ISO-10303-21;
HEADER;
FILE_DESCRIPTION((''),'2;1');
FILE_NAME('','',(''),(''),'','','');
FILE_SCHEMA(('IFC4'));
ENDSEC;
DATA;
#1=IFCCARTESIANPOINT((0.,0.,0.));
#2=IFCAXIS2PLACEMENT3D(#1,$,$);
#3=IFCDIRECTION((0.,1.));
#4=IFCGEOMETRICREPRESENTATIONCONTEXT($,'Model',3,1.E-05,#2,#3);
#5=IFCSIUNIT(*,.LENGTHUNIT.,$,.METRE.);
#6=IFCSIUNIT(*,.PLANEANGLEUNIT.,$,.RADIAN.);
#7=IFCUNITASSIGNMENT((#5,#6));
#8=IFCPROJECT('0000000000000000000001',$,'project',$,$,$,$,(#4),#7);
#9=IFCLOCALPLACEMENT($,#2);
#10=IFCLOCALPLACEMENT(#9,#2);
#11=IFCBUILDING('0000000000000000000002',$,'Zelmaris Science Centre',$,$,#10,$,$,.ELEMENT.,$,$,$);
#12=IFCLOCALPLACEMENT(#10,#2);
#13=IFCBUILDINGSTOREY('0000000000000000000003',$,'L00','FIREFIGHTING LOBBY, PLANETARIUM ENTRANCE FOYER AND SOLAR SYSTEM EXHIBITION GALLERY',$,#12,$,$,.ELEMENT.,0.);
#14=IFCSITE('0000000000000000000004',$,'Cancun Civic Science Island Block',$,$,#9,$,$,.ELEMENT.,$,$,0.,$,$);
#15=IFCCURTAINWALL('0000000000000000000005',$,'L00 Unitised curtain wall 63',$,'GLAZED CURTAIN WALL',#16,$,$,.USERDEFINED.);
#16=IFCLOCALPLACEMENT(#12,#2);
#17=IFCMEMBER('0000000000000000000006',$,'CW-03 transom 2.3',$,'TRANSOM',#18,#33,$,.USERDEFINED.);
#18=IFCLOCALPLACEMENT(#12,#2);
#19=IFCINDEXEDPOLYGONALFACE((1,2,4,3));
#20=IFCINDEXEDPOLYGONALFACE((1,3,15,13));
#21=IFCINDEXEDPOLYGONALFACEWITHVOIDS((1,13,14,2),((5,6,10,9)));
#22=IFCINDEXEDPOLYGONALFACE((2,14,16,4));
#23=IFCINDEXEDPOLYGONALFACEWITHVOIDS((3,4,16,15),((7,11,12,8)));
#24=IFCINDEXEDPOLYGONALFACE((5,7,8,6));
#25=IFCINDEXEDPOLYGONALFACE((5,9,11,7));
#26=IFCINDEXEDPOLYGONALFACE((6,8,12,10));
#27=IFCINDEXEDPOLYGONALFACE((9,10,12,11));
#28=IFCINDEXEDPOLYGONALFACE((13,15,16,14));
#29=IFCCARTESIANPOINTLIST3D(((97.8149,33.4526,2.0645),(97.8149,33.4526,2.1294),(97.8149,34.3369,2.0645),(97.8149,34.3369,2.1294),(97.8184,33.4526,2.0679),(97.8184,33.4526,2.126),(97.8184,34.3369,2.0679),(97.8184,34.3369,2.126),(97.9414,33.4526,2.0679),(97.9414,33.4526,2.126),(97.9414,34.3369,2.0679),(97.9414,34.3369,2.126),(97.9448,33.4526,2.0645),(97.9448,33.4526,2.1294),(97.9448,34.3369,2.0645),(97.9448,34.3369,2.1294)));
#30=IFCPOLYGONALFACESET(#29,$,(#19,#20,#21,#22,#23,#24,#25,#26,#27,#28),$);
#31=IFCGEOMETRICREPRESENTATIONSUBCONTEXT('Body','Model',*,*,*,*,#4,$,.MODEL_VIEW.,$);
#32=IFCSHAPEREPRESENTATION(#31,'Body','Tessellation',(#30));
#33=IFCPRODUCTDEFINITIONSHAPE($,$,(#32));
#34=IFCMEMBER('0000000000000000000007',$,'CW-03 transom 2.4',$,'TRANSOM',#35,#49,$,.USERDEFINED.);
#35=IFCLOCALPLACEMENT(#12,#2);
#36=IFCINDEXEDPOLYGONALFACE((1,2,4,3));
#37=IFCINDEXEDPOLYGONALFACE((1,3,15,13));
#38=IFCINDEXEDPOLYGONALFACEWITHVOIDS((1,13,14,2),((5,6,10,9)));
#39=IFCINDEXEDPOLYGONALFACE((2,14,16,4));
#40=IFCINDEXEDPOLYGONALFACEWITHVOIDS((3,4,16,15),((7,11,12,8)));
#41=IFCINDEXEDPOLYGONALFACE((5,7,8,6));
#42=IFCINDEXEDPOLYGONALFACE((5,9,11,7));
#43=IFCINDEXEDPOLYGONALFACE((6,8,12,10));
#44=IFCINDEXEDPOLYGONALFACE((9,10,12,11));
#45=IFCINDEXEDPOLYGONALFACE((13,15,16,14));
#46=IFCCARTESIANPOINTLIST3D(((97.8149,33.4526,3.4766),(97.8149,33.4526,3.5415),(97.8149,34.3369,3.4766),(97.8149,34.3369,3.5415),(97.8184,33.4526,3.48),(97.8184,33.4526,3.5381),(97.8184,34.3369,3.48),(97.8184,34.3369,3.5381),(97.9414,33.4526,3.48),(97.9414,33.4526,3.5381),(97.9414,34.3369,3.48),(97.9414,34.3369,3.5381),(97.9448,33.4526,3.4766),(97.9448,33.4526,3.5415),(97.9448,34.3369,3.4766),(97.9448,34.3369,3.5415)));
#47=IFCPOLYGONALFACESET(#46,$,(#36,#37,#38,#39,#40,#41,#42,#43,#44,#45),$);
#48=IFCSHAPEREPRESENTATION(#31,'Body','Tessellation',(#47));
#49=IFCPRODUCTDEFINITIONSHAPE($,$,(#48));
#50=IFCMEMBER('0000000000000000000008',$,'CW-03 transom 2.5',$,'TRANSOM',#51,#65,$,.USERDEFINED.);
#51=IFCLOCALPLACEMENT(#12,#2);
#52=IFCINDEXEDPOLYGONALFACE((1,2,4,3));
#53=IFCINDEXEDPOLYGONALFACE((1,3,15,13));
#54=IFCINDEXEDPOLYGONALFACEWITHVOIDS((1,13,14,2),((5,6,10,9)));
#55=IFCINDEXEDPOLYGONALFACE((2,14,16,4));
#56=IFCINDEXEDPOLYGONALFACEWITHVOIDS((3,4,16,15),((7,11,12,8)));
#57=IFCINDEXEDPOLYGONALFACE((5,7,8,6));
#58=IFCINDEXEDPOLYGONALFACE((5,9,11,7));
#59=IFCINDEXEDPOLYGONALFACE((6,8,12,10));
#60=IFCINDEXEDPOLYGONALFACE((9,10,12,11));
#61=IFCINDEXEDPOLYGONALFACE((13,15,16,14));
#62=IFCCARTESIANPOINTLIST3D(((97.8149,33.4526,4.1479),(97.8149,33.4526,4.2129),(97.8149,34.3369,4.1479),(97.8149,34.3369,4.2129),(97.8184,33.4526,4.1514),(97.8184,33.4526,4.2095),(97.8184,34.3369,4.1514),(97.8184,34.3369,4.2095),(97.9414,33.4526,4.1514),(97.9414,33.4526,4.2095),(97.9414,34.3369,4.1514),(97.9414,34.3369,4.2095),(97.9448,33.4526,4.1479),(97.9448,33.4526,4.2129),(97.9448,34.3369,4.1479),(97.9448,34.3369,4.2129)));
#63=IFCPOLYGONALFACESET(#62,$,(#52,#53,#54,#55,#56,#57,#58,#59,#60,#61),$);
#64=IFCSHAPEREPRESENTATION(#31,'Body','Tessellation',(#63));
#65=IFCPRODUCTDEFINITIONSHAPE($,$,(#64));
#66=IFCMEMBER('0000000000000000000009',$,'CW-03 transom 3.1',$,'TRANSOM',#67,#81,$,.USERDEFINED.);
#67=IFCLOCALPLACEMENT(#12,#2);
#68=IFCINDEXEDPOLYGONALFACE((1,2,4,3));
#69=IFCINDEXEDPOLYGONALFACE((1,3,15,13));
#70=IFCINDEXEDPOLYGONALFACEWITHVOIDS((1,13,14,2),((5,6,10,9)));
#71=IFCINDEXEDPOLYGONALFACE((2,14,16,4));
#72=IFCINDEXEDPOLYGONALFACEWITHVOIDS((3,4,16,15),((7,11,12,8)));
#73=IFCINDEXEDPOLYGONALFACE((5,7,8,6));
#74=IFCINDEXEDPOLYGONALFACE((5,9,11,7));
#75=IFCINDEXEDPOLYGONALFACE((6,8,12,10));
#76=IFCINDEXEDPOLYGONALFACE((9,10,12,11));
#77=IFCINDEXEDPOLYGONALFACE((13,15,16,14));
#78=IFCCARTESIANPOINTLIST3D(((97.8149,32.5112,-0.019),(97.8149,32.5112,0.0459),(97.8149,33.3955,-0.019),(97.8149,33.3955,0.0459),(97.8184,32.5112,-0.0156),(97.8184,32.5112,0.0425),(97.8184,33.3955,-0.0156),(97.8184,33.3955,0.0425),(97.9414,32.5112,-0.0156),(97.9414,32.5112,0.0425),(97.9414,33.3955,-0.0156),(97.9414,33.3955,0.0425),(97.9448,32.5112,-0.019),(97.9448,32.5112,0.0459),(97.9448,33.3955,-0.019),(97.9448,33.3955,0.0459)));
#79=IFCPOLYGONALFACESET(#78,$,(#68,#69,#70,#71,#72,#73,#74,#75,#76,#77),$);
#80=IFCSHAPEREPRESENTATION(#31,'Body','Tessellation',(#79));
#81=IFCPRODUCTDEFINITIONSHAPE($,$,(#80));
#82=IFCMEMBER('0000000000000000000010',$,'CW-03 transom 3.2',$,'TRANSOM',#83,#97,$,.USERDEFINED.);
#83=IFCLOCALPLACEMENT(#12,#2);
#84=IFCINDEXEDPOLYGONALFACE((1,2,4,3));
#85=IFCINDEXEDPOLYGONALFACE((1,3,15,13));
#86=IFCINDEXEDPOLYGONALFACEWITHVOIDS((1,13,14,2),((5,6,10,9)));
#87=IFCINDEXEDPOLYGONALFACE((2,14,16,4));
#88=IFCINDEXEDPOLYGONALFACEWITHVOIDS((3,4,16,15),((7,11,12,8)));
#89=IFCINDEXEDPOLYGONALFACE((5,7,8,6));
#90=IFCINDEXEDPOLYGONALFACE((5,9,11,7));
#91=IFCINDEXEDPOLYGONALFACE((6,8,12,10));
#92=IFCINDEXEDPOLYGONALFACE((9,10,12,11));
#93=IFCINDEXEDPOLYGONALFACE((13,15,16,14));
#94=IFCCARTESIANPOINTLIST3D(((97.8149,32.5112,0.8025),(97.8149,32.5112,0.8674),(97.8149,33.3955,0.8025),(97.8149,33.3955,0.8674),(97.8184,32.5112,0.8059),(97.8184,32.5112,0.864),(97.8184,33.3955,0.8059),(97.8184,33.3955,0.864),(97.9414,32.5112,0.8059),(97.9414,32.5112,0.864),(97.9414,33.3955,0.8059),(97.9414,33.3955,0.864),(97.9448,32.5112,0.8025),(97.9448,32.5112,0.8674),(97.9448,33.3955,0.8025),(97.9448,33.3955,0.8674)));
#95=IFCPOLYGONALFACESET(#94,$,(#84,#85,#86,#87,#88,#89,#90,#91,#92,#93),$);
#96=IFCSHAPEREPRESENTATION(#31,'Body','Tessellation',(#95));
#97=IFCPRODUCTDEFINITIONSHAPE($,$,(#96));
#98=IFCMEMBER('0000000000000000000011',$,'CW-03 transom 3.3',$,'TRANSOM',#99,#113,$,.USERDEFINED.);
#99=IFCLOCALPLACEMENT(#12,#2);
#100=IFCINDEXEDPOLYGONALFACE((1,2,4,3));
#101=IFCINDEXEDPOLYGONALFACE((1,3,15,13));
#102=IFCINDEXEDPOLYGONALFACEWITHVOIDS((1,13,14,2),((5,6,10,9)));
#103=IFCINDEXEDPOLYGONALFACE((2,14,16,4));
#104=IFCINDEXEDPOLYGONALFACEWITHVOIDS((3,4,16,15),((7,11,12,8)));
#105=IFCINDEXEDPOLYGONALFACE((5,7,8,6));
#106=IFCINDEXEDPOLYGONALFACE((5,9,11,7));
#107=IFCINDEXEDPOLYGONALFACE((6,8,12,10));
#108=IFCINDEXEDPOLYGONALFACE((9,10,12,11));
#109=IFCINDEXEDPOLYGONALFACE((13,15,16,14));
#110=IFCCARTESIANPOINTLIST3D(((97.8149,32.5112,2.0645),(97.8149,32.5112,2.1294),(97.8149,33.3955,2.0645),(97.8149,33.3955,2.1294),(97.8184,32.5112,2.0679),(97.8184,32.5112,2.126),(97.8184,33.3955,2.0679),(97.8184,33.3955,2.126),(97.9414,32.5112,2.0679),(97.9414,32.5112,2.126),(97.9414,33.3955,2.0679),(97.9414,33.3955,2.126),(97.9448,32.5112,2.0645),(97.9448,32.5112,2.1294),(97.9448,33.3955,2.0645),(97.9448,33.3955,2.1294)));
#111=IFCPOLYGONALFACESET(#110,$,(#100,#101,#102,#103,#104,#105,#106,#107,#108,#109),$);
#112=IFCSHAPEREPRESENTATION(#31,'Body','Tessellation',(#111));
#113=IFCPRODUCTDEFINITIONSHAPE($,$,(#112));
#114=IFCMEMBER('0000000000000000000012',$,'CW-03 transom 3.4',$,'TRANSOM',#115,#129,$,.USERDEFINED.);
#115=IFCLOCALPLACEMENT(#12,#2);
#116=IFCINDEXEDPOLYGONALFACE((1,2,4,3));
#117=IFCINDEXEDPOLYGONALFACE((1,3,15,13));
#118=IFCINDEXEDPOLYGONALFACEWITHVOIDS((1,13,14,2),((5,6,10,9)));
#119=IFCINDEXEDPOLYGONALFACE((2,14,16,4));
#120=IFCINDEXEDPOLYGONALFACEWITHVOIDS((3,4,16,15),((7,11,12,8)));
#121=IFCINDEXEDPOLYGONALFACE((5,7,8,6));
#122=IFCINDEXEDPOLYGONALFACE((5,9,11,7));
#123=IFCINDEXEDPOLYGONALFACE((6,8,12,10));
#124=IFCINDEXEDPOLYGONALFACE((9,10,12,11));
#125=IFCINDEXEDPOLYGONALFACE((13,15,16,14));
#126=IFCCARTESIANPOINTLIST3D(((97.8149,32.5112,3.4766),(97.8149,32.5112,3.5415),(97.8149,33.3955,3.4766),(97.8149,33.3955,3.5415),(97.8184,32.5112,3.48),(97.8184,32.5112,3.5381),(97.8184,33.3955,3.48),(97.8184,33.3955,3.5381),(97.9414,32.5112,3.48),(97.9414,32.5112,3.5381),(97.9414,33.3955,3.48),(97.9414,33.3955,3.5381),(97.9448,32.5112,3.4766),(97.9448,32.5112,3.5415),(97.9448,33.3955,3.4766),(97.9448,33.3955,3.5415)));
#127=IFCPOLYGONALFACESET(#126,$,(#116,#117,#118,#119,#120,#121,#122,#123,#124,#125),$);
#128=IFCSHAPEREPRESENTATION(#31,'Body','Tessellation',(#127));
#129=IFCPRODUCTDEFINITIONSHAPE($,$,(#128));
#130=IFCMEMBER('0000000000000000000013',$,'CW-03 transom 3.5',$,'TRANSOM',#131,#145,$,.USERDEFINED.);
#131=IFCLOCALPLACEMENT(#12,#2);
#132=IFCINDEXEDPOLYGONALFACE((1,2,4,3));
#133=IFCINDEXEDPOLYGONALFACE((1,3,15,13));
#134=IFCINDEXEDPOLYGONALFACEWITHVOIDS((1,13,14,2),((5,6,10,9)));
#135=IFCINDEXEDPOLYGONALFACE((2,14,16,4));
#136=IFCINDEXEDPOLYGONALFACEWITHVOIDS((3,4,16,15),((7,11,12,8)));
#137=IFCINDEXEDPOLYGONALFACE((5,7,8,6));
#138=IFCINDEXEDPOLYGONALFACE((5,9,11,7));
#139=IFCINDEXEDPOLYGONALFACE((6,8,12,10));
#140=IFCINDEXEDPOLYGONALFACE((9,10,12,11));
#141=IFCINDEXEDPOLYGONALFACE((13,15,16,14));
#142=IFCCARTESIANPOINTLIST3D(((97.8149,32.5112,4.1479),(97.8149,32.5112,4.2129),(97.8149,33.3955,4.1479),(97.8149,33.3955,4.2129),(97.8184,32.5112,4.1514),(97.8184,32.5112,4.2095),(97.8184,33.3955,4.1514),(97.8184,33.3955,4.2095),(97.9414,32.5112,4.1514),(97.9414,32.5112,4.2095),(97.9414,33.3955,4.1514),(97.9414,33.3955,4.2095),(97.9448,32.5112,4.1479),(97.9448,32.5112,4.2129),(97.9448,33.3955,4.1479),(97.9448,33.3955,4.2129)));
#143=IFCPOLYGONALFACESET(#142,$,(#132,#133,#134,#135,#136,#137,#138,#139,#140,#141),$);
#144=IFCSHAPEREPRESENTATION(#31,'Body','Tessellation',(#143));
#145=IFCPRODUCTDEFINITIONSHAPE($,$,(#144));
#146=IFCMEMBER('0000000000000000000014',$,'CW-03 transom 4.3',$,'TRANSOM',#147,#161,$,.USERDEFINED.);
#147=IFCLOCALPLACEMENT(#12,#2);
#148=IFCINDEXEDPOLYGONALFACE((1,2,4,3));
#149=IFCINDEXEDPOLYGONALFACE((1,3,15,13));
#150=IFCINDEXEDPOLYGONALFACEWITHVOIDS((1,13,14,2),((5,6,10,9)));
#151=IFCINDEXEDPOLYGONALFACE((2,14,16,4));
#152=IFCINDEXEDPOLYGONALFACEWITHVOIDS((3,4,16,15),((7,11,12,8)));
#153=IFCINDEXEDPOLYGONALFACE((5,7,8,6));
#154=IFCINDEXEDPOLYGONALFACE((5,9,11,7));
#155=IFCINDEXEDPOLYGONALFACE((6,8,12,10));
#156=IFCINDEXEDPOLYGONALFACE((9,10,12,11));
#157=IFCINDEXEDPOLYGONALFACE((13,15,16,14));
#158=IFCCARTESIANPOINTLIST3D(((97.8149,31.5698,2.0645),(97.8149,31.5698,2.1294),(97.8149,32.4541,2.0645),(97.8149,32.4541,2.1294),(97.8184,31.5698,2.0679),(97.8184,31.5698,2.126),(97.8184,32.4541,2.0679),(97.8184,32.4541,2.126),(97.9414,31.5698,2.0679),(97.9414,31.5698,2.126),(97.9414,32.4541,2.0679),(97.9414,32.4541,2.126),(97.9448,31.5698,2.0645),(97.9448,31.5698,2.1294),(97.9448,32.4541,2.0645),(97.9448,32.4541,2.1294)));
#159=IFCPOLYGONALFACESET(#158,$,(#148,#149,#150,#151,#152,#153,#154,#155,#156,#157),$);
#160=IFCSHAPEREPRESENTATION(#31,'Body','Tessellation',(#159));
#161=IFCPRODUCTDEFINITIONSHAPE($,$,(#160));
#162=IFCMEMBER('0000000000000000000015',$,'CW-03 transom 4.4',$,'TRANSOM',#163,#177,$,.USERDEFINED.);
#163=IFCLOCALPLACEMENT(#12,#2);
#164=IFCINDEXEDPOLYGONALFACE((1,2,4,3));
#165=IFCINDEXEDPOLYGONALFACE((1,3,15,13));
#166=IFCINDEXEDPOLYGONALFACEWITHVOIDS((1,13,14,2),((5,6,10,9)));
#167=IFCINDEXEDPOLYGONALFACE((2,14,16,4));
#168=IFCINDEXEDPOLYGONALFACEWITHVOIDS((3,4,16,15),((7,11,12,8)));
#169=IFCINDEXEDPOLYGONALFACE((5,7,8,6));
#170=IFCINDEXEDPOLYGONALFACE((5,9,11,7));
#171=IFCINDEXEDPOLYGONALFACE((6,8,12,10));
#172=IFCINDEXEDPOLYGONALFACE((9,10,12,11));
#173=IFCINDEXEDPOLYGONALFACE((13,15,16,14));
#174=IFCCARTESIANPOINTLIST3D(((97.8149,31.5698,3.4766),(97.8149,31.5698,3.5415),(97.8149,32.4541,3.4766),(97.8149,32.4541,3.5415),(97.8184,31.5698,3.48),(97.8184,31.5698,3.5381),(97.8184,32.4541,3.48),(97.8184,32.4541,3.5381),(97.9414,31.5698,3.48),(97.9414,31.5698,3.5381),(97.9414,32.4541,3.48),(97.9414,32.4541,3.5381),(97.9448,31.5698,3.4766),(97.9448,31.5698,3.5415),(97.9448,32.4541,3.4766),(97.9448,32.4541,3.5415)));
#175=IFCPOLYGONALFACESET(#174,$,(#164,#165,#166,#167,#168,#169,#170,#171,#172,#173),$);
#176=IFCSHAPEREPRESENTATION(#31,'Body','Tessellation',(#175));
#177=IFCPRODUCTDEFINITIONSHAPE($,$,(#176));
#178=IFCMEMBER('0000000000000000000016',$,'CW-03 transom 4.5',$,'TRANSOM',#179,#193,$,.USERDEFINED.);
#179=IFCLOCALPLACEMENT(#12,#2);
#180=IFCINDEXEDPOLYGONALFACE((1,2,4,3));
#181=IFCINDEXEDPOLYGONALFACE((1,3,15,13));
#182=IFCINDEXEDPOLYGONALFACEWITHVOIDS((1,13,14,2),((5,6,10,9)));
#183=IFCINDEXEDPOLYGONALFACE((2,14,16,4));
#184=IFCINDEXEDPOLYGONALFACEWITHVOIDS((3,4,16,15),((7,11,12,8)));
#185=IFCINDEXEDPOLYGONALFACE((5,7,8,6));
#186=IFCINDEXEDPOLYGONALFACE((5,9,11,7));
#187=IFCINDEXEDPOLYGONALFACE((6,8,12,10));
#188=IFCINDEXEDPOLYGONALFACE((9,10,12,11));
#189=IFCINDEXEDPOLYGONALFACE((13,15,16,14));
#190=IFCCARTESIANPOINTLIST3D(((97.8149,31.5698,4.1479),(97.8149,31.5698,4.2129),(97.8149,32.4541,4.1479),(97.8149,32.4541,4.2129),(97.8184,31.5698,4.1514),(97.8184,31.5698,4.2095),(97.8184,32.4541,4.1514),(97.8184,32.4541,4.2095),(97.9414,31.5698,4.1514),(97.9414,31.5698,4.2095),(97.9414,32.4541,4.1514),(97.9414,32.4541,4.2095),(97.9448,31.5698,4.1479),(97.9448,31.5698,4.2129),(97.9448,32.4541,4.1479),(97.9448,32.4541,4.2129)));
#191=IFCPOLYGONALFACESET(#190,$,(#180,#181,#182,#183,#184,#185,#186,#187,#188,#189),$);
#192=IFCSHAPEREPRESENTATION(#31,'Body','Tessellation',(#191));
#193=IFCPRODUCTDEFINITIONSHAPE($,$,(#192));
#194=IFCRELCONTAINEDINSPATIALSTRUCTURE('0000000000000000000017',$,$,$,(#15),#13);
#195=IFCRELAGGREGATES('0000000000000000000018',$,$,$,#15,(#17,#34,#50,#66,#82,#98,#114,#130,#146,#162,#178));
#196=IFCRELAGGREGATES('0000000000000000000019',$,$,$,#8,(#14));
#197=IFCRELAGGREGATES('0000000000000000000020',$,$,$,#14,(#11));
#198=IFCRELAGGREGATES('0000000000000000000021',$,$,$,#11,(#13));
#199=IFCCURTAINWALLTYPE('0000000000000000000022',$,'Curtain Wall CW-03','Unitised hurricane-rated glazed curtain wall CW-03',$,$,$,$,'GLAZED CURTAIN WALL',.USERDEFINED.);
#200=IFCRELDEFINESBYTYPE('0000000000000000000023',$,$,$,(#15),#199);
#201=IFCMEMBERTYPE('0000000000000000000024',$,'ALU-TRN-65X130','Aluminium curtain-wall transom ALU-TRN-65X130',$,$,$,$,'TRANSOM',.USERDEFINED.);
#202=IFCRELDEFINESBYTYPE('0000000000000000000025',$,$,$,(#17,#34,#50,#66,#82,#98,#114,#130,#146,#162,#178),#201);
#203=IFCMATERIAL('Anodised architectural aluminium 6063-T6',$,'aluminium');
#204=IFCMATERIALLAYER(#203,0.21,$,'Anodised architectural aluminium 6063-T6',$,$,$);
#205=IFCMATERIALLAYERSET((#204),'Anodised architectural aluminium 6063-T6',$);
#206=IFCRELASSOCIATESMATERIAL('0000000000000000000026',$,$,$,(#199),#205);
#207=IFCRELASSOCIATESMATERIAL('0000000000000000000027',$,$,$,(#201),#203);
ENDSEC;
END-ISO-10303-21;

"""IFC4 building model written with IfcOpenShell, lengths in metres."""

from ifc_helpers import new_model, si_unit, direction, frame, origin, origin_2d, place, context, subcontext, project, spatial, hollow_rectangle, extrude, material, layer, layer_set, material_profile, profile_set, type_object, element, aggregate, save


model = new_model("IFC4")

# Units and contexts
model_context = context("Model", 3, precision=1e-05, world=origin(), true_north=direction((0.0, 1.0)))
body_context = subcontext(model_context, "Body", "Model", "MODEL_VIEW")
ifc_project = project(units=[si_unit("LENGTHUNIT", "METRE"), si_unit("PLANEANGLEUNIT", "RADIAN")], contexts=[model_context])

# Site, building, storey
site_placement = place(None, origin())
site = spatial("IfcSite", under=ifc_project, at=site_placement, Name="Cancun Civic Science Island Block", CompositionType="ELEMENT", RefElevation=0.0)
building_placement = place(site_placement, origin())
building = spatial("IfcBuilding", under=site, at=building_placement, Name="Zelmaris Science Centre", CompositionType="ELEMENT")
storey_placement = place(building_placement, origin())
storey = spatial("IfcBuildingStorey", under=building, at=storey_placement, Name="L00", Description="FIREFIGHTING LOBBY, PLANETARIUM ENTRANCE FOYER AND SOLAR SYSTEM EXHIBITION GALLERY", CompositionType="ELEMENT", Elevation=0.0)

# Curtain wall, members
ifc_material_1 = material(Name="Anodised architectural aluminium 6063-T6", Category="aluminium")
ifc_layer_1 = layer(ifc_material_1, 0.21, Name="Anodised architectural aluminium 6063-T6")
ifc_layer_set_1 = layer_set([ifc_layer_1], Name="Anodised architectural aluminium 6063-T6")
curtain_wall_type = type_object("IfcCurtainWallType", Name="Curtain Wall CW-03", Description="Unitised hurricane-rated glazed curtain wall CW-03", ElementType="GLAZED CURTAIN WALL", PredefinedType="USERDEFINED", material=ifc_layer_set_1)
curtain_wall_placement = place(storey_placement, origin())
curtain_wall = element("IfcCurtainWall", 1, at=curtain_wall_placement, inside=storey, type_object=curtain_wall_type, Name="L00 Unitised curtain wall 63", ObjectType="GLAZED CURTAIN WALL", PredefinedType="USERDEFINED")
ifc_material_profile_1 = material_profile(ifc_material_1, hollow_rectangle(XDim=0.0649, YDim=0.1299, WallThickness=0.0034, at=origin_2d()), Name="ALU-TRN-65X130")
ifc_profile_set_1 = profile_set([ifc_material_profile_1], Name="Anodised architectural aluminium 6063-T6")
member_type_1 = type_object("IfcMemberType", Name="ALU-TRN-65X130", Description="Aluminium curtain-wall transom ALU-TRN-65X130", ElementType="TRANSOM", PredefinedType="USERDEFINED", material=ifc_profile_set_1)
member_1_placement = place(storey_placement, frame((97.8799, 34.3369, 2.0969), z_axis=(0.0, -1.0, 0.0), x_axis=(0.0, 0.0, 1.0)))
member_1 = element("IfcMember", 2, at=member_1_placement, type_object=member_type_1, Name="CW-03 transom 2.3", ObjectType="TRANSOM", PredefinedType="USERDEFINED", context=body_context, shape_type="SweptSolid", body=[
    extrude(hollow_rectangle(XDim=0.0649, YDim=0.1299, WallThickness=0.0034, at=origin_2d()), origin(), (0.0, 0.0, 1.0), 0.8843),
])
member_2_placement = place(storey_placement, frame((97.8799, 34.3369, 3.509), z_axis=(0.0, -1.0, 0.0), x_axis=(0.0, 0.0, 1.0)))
member_2 = element("IfcMember", 3, at=member_2_placement, type_object=member_type_1, Name="CW-03 transom 2.4", ObjectType="TRANSOM", PredefinedType="USERDEFINED", context=body_context, shape_type="SweptSolid", body=[
    extrude(hollow_rectangle(XDim=0.0649, YDim=0.1299, WallThickness=0.0034, at=origin_2d()), origin(), (0.0, 0.0, 1.0), 0.8843),
])
member_3_placement = place(storey_placement, frame((97.8799, 34.3369, 4.1804), z_axis=(0.0, -1.0, 0.0), x_axis=(0.0, 0.0, 1.0)))
member_3 = element("IfcMember", 4, at=member_3_placement, type_object=member_type_1, Name="CW-03 transom 2.5", ObjectType="TRANSOM", PredefinedType="USERDEFINED", context=body_context, shape_type="SweptSolid", body=[
    extrude(hollow_rectangle(XDim=0.0649, YDim=0.1299, WallThickness=0.0034, at=origin_2d()), origin(), (0.0, 0.0, 1.0), 0.8843),
])
member_4_placement = place(storey_placement, frame((97.8799, 33.3955, 0.0134), z_axis=(0.0, -1.0, 0.0), x_axis=(0.0, 0.0, 1.0)))
member_4 = element("IfcMember", 5, at=member_4_placement, type_object=member_type_1, Name="CW-03 transom 3.1", ObjectType="TRANSOM", PredefinedType="USERDEFINED", context=body_context, shape_type="SweptSolid", body=[
    extrude(hollow_rectangle(XDim=0.0649, YDim=0.1299, WallThickness=0.0034, at=origin_2d()), origin(), (0.0, 0.0, 1.0), 0.8843),
])
member_5_placement = place(storey_placement, frame((97.8799, 33.3955, 0.835), z_axis=(0.0, -1.0, 0.0), x_axis=(0.0, 0.0, 1.0)))
member_5 = element("IfcMember", 6, at=member_5_placement, type_object=member_type_1, Name="CW-03 transom 3.2", ObjectType="TRANSOM", PredefinedType="USERDEFINED", context=body_context, shape_type="SweptSolid", body=[
    extrude(hollow_rectangle(XDim=0.0649, YDim=0.1299, WallThickness=0.0034, at=origin_2d()), origin(), (0.0, 0.0, 1.0), 0.8843),
])
member_6_placement = place(storey_placement, frame((97.8799, 33.3955, 2.0969), z_axis=(0.0, -1.0, 0.0), x_axis=(0.0, 0.0, 1.0)))
member_6 = element("IfcMember", 7, at=member_6_placement, type_object=member_type_1, Name="CW-03 transom 3.3", ObjectType="TRANSOM", PredefinedType="USERDEFINED", context=body_context, shape_type="SweptSolid", body=[
    extrude(hollow_rectangle(XDim=0.0649, YDim=0.1299, WallThickness=0.0034, at=origin_2d()), origin(), (0.0, 0.0, 1.0), 0.8843),
])
member_7_placement = place(storey_placement, frame((97.8799, 33.3955, 3.509), z_axis=(0.0, -1.0, 0.0), x_axis=(0.0, 0.0, 1.0)))
member_7 = element("IfcMember", 8, at=member_7_placement, type_object=member_type_1, Name="CW-03 transom 3.4", ObjectType="TRANSOM", PredefinedType="USERDEFINED", context=body_context, shape_type="SweptSolid", body=[
    extrude(hollow_rectangle(XDim=0.0649, YDim=0.1299, WallThickness=0.0034, at=origin_2d()), origin(), (0.0, 0.0, 1.0), 0.8843),
])
member_8_placement = place(storey_placement, frame((97.8799, 33.3955, 4.1804), z_axis=(0.0, -1.0, 0.0), x_axis=(0.0, 0.0, 1.0)))
member_8 = element("IfcMember", 9, at=member_8_placement, type_object=member_type_1, Name="CW-03 transom 3.5", ObjectType="TRANSOM", PredefinedType="USERDEFINED", context=body_context, shape_type="SweptSolid", body=[
    extrude(hollow_rectangle(XDim=0.0649, YDim=0.1299, WallThickness=0.0034, at=origin_2d()), origin(), (0.0, 0.0, 1.0), 0.8843),
])
member_9_placement = place(storey_placement, frame((97.8799, 32.4541, 2.0969), z_axis=(0.0, -1.0, 0.0), x_axis=(0.0, 0.0, 1.0)))
member_9 = element("IfcMember", 10, at=member_9_placement, type_object=member_type_1, Name="CW-03 transom 4.3", ObjectType="TRANSOM", PredefinedType="USERDEFINED", context=body_context, shape_type="SweptSolid", body=[
    extrude(hollow_rectangle(XDim=0.0649, YDim=0.1299, WallThickness=0.0034, at=origin_2d()), origin(), (0.0, 0.0, 1.0), 0.8843),
])
member_10_placement = place(storey_placement, frame((97.8799, 32.4541, 3.509), z_axis=(0.0, -1.0, 0.0), x_axis=(0.0, 0.0, 1.0)))
member_10 = element("IfcMember", 11, at=member_10_placement, type_object=member_type_1, Name="CW-03 transom 4.4", ObjectType="TRANSOM", PredefinedType="USERDEFINED", context=body_context, shape_type="SweptSolid", body=[
    extrude(hollow_rectangle(XDim=0.0649, YDim=0.1299, WallThickness=0.0034, at=origin_2d()), origin(), (0.0, 0.0, 1.0), 0.8843),
])
member_11_placement = place(storey_placement, frame((97.8799, 32.4541, 4.1804), z_axis=(0.0, -1.0, 0.0), x_axis=(0.0, 0.0, 1.0)))
member_11 = element("IfcMember", 12, at=member_11_placement, type_object=member_type_1, Name="CW-03 transom 4.5", ObjectType="TRANSOM", PredefinedType="USERDEFINED", context=body_context, shape_type="SweptSolid", body=[
    extrude(hollow_rectangle(XDim=0.0649, YDim=0.1299, WallThickness=0.0034, at=origin_2d()), origin(), (0.0, 0.0, 1.0), 0.8843),
])
aggregate(curtain_wall, [member_1, member_2, member_3, member_4, member_5, member_6, member_7, member_8, member_9, member_10, member_11])

save(model, "model.ifc")
